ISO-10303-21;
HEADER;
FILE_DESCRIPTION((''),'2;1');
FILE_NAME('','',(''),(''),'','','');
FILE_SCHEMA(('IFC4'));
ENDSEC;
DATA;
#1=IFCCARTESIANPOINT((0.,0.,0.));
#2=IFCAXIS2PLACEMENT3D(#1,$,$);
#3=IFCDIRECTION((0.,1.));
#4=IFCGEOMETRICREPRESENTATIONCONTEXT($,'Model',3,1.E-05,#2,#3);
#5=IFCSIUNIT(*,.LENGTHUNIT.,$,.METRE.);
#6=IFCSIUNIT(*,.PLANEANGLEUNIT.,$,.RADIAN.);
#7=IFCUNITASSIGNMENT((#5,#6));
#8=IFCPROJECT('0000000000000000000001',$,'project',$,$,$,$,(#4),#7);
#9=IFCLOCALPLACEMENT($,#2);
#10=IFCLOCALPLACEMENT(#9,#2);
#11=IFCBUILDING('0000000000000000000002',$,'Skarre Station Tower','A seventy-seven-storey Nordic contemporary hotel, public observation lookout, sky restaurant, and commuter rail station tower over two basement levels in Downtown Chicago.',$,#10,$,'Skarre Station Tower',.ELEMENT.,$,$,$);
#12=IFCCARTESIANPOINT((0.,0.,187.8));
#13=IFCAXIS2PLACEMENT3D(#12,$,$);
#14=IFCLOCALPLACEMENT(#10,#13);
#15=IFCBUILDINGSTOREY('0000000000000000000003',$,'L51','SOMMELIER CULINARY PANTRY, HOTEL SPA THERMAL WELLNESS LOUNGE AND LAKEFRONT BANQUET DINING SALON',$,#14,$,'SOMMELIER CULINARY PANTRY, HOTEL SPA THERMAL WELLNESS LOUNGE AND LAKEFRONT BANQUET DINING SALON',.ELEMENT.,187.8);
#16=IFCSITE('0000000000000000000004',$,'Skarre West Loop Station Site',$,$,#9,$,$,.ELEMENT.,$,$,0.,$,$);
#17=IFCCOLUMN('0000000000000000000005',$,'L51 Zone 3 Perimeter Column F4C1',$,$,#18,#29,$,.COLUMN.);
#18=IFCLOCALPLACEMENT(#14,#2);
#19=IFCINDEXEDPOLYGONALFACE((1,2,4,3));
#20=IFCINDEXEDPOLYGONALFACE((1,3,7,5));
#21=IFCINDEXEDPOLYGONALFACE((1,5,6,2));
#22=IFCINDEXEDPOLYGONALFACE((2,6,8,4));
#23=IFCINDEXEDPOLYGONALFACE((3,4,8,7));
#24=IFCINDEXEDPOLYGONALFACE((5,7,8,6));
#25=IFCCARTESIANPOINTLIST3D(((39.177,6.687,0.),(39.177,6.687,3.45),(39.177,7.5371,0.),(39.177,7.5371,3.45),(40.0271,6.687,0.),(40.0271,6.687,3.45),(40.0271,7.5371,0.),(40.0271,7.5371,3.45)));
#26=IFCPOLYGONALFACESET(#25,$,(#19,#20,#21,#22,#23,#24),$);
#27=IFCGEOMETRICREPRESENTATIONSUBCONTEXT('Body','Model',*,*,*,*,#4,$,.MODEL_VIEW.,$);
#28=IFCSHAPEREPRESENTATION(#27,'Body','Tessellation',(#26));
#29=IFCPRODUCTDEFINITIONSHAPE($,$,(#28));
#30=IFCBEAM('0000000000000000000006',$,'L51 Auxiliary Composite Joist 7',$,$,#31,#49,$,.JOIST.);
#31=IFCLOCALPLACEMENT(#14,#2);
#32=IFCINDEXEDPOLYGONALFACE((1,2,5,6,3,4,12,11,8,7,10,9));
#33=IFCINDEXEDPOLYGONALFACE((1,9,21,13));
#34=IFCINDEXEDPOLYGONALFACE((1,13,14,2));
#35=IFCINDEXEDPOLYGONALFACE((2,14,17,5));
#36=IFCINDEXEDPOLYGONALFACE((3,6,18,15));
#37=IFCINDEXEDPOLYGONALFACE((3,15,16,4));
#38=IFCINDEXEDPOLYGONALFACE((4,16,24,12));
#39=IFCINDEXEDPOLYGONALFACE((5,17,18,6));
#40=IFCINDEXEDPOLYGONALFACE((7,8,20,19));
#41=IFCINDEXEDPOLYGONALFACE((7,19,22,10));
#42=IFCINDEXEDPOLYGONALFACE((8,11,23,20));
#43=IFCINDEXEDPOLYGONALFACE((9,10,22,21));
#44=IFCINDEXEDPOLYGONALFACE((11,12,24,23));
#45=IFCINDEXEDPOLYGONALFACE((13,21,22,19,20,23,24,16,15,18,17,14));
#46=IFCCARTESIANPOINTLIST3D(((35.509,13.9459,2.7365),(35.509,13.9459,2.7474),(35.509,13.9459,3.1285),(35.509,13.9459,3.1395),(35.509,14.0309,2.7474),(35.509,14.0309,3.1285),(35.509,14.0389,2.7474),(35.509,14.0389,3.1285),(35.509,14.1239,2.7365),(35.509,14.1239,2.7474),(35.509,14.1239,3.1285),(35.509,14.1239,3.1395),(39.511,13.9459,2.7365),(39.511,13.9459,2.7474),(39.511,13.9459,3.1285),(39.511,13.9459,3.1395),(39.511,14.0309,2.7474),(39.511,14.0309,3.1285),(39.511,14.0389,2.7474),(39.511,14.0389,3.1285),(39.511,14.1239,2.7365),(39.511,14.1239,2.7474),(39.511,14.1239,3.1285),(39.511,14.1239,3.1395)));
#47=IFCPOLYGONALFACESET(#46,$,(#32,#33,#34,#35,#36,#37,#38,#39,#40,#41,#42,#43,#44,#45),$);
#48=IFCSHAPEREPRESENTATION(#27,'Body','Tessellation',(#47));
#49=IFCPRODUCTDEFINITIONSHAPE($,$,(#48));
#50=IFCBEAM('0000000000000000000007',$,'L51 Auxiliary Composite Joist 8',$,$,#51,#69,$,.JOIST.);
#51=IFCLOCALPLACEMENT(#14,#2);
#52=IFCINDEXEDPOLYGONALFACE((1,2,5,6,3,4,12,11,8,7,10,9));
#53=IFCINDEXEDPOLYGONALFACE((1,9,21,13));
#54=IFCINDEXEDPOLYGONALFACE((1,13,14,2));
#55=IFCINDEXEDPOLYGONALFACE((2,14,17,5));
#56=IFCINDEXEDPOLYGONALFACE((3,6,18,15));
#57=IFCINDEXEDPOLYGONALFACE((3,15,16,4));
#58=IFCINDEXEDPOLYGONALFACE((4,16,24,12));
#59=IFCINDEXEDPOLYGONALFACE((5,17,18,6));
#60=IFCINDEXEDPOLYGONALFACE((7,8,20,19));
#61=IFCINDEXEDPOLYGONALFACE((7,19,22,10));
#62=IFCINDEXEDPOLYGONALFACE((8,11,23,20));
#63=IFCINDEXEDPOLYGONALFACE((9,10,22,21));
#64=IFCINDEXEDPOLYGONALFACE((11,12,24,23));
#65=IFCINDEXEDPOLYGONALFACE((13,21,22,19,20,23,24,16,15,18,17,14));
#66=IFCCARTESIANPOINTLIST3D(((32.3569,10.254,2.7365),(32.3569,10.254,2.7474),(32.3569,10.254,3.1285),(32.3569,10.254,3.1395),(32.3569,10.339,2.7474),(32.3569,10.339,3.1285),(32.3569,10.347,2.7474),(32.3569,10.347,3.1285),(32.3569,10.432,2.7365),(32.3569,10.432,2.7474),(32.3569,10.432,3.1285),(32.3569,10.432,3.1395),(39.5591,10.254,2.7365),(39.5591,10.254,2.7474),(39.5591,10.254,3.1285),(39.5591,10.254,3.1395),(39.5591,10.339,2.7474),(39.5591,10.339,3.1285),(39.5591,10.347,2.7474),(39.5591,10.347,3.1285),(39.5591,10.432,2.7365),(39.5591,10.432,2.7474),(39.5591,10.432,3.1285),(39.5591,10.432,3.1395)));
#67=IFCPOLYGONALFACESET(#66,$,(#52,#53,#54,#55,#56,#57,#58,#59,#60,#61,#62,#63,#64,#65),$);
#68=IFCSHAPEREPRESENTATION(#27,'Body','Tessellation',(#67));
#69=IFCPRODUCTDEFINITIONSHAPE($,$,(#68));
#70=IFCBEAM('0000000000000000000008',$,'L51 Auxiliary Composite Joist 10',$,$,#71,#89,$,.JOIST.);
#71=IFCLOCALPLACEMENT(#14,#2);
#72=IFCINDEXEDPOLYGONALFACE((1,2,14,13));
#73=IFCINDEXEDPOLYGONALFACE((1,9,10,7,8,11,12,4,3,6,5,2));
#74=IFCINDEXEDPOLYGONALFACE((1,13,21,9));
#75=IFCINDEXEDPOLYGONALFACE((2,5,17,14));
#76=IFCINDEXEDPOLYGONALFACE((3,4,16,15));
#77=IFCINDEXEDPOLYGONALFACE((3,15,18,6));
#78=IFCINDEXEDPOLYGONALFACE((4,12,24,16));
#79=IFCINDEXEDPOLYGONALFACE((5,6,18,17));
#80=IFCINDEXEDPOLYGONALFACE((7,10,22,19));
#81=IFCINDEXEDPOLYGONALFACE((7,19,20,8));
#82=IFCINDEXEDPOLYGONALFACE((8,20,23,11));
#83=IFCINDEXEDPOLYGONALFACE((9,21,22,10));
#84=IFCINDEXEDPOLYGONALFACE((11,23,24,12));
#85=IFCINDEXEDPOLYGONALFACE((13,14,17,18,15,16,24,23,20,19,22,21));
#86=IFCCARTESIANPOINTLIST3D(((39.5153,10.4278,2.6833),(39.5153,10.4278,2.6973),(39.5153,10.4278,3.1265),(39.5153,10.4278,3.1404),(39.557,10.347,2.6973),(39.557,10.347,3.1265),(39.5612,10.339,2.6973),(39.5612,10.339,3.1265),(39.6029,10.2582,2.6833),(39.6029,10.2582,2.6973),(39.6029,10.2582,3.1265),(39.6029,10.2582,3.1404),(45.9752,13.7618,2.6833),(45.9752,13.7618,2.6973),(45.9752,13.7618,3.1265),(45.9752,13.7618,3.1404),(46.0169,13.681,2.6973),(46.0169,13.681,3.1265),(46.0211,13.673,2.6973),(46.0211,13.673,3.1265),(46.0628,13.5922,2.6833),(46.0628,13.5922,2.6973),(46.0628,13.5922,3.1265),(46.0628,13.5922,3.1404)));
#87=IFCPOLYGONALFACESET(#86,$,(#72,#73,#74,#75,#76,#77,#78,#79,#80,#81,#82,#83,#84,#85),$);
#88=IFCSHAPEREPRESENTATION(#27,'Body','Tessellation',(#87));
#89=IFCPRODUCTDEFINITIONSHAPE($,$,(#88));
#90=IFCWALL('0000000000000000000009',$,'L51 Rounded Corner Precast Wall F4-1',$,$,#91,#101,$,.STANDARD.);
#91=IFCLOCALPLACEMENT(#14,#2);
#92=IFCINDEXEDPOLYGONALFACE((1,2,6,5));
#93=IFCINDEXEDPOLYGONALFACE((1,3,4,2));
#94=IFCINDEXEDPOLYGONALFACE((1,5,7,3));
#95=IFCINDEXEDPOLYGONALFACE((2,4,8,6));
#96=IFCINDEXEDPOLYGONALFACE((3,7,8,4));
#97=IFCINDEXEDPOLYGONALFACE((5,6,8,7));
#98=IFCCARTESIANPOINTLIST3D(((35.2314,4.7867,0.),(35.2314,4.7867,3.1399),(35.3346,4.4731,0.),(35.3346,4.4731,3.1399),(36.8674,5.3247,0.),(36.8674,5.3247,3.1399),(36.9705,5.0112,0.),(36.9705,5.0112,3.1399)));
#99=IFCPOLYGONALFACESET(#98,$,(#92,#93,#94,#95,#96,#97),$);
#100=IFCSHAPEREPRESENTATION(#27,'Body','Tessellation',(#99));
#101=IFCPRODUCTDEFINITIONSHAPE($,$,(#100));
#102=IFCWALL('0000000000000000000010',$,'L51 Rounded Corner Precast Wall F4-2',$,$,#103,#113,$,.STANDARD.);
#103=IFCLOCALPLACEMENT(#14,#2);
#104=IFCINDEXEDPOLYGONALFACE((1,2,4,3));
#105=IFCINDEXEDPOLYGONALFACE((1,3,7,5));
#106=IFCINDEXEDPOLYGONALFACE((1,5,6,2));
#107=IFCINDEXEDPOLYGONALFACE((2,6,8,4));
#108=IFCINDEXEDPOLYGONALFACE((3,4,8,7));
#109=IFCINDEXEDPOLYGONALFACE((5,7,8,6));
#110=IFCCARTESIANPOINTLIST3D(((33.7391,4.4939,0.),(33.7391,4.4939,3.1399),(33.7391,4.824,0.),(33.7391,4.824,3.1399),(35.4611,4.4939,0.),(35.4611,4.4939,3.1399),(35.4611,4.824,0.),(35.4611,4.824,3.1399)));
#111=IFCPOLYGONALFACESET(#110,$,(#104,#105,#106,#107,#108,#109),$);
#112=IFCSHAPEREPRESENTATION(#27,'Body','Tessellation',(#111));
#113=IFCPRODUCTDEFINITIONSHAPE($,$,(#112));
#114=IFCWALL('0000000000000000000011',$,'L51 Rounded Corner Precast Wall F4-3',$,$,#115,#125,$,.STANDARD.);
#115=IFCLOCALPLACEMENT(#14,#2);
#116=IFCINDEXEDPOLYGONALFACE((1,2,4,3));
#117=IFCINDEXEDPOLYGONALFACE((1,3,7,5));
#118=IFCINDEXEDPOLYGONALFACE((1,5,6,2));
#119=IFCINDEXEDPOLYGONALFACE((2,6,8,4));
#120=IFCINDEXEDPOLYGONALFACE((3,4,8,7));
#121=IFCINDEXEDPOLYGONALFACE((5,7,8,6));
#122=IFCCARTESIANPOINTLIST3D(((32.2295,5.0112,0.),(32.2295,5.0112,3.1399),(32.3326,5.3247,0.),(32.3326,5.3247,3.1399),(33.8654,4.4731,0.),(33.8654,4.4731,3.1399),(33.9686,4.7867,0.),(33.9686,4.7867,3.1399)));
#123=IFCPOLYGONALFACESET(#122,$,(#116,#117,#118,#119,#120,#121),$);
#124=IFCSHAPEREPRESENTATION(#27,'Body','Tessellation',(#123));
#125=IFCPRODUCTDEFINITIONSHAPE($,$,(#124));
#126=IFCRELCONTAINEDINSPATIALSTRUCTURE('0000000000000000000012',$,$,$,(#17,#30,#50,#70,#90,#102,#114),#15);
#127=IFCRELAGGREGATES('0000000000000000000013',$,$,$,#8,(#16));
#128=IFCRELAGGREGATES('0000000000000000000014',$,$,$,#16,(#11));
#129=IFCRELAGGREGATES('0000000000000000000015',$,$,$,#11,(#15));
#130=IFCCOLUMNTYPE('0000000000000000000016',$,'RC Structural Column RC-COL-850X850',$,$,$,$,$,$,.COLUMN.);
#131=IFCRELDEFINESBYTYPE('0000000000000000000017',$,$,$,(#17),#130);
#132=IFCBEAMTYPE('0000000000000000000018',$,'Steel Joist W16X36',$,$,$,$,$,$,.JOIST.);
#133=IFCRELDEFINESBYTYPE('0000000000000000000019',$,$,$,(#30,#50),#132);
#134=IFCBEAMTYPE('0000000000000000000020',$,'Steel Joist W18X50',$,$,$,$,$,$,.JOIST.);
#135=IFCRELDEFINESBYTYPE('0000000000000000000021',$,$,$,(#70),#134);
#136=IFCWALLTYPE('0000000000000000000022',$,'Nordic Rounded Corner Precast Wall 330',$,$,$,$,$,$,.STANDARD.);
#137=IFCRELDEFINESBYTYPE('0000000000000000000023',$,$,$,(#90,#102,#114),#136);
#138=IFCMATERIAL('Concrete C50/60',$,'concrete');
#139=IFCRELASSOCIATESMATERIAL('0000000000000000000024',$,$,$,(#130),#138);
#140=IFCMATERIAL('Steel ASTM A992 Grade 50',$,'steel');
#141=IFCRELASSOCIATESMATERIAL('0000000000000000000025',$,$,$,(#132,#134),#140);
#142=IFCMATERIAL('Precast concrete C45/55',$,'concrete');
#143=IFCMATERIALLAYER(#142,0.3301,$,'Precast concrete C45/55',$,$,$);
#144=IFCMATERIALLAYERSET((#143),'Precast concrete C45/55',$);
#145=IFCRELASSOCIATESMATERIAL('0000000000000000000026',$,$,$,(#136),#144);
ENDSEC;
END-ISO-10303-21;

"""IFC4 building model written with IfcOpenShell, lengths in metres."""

from ifc_helpers import new_model, si_unit, direction, frame, frame_2d, origin, origin_2d, place, context, subcontext, project, spatial, rectangle, i_section, extrude, material, layer, layer_set, material_profile, profile_set, type_object, element, save


model = new_model("IFC4")

# Units and contexts
model_context = context("Model", 3, precision=1e-05, world=origin(), true_north=direction((0.0, 1.0)))
body_context = subcontext(model_context, "Body", "Model", "MODEL_VIEW")
ifc_project = project(units=[si_unit("LENGTHUNIT", "METRE"), si_unit("PLANEANGLEUNIT", "RADIAN")], contexts=[model_context])

# Site, building, storey
site_placement = place(None, origin())
site = spatial("IfcSite", under=ifc_project, at=site_placement, Name="Skarre West Loop Station Site", CompositionType="ELEMENT", RefElevation=0.0)
building_placement = place(site_placement, origin())
building = spatial("IfcBuilding", under=site, at=building_placement, Name="Skarre Station Tower", Description="A seventy-seven-storey Nordic contemporary hotel, public observation lookout, sky restaurant, and commuter rail station tower over two basement levels in Downtown Chicago.", LongName="Skarre Station Tower", CompositionType="ELEMENT")
storey_placement = place(building_placement, frame((0.0, 0.0, 187.8)))
storey = spatial("IfcBuildingStorey", under=building, at=storey_placement, Name="L51", Description="SOMMELIER CULINARY PANTRY, HOTEL SPA THERMAL WELLNESS LOUNGE AND LAKEFRONT BANQUET DINING SALON", LongName="SOMMELIER CULINARY PANTRY, HOTEL SPA THERMAL WELLNESS LOUNGE AND LAKEFRONT BANQUET DINING SALON", CompositionType="ELEMENT", Elevation=187.8)

# Column
ifc_material_1 = material(Name="Concrete C50/60", Category="concrete")
ifc_material_profile_1 = material_profile(ifc_material_1, rectangle(XDim=0.8501, YDim=0.8501, at=origin_2d()), Name="Concrete C50/60")
ifc_profile_set_1 = profile_set([ifc_material_profile_1], Name="Concrete C50/60")
column_type = type_object("IfcColumnType", Name="RC Structural Column RC-COL-850X850", PredefinedType="COLUMN", material=ifc_profile_set_1)
column_placement = place(storey_placement, frame((39.6021, 7.1121, 0.0), z_axis=(0.0, 0.0, 1.0), x_axis=(1.0, 0.0, 0.0)))
element("IfcColumn", 1, at=column_placement, inside=storey, type_object=column_type, Name="L51 Zone 3 Perimeter Column F4C1", PredefinedType="COLUMN", context=body_context, shape_type="SweptSolid", body=[
    extrude(rectangle(XDim=0.8501, YDim=0.8501, at=origin_2d()), origin(), (0.0, 0.0, 1.0), 3.45),
])

# Beams
ifc_material_2 = material(Name="Steel ASTM A992 Grade 50", Category="steel")
ifc_material_profile_2 = material_profile(ifc_material_2, i_section(OverallWidth=0.178, OverallDepth=0.4031, WebThickness=0.0081, FlangeThickness=0.011, at=origin_2d()), Name="Steel ASTM A992 Grade 50")
ifc_profile_set_2 = profile_set([ifc_material_profile_2], Name="Steel ASTM A992 Grade 50")
beam_type_1 = type_object("IfcBeamType", Name="Steel Joist W16X36", PredefinedType="JOIST", material=ifc_profile_set_2)
beam_1_placement = place(storey_placement, frame((35.509, 14.0349, 2.938), z_axis=(1.0, 0.0, 0.0), x_axis=(0.0, 1.0, 0.0)))
element("IfcBeam", 2, at=beam_1_placement, inside=storey, type_object=beam_type_1, Name="L51 Auxiliary Composite Joist 7", PredefinedType="JOIST", context=body_context, shape_type="SweptSolid", body=[
    extrude(i_section(OverallWidth=0.178, OverallDepth=0.4031, WebThickness=0.0081, FlangeThickness=0.011, at=origin_2d()), origin(), (0.0, 0.0, 1.0), 4.002),
])
beam_2_placement = place(storey_placement, frame((32.3569, 10.343, 2.938), z_axis=(1.0, 0.0, 0.0), x_axis=(0.0, 1.0, 0.0)))
element("IfcBeam", 3, at=beam_2_placement, inside=storey, type_object=beam_type_1, Name="L51 Auxiliary Composite Joist 8", PredefinedType="JOIST", context=body_context, shape_type="SweptSolid", body=[
    extrude(i_section(OverallWidth=0.178, OverallDepth=0.4031, WebThickness=0.0081, FlangeThickness=0.011, at=origin_2d()), origin(), (0.0, 0.0, 1.0), 7.2021),
])
ifc_material_profile_3 = material_profile(ifc_material_2, i_section(OverallWidth=0.1909, OverallDepth=0.457, WebThickness=0.009, FlangeThickness=0.0139, at=origin_2d()), Name="Steel ASTM A992 Grade 50")
ifc_profile_set_3 = profile_set([ifc_material_profile_3], Name="Steel ASTM A992 Grade 50")
beam_type_2 = type_object("IfcBeamType", Name="Steel Joist W18X50", PredefinedType="JOIST", material=ifc_profile_set_3)
beam_3_placement = place(storey_placement, frame((39.5591, 10.343, 2.9119), z_axis=(0.888631, 0.458622, 0.0), x_axis=(-0.458622, 0.888631, 0.0)))
element("IfcBeam", 4, at=beam_3_placement, inside=storey, type_object=beam_type_2, Name="L51 Auxiliary Composite Joist 10", PredefinedType="JOIST", context=body_context, shape_type="SweptSolid", body=[
    extrude(i_section(OverallWidth=0.1909, OverallDepth=0.457, WebThickness=0.009, FlangeThickness=0.0139, at=origin_2d()), origin(), (0.0, 0.0, 1.0), 7.2695),
])

# Walls
ifc_material_3 = material(Name="Precast concrete C45/55", Category="concrete")
ifc_layer_1 = layer(ifc_material_3, 0.3301, Name="Precast concrete C45/55")
ifc_layer_set_1 = layer_set([ifc_layer_1], Name="Precast concrete C45/55")
wall_type_1 = type_object("IfcWallType", Name="Nordic Rounded Corner Precast Wall 330", PredefinedType="STANDARD", material=ifc_layer_set_1)
wall_1_placement = place(storey_placement, frame((36.9189, 5.168, 0.0), z_axis=(0.0, 0.0, 1.0), x_axis=(-0.949937, -0.31244, 0.0)))
element("IfcWall", 5, at=wall_1_placement, inside=storey, type_object=wall_type_1, Name="L51 Rounded Corner Precast Wall F4-1", PredefinedType="STANDARD", context=body_context, shape_type="SweptSolid", body=[
    extrude(rectangle(XDim=1.7222, YDim=0.3301, at=frame_2d((0.8611, 0.0))), origin(), (0.0, 0.0, 1.0), 3.1399),
])
wall_2_placement = place(storey_placement, frame((35.4609, 4.6589, 0.0), z_axis=(0.0, 0.0, 1.0), x_axis=(-1.0, 0.0, 0.0)))
element("IfcWall", 6, at=wall_2_placement, inside=storey, type_object=wall_type_1, Name="L51 Rounded Corner Precast Wall F4-2", PredefinedType="STANDARD", context=body_context, shape_type="SweptSolid", body=[
    extrude(rectangle(XDim=1.7219, YDim=0.3301, at=frame_2d((0.8608, 0.0))), origin(), (0.0, 0.0, 1.0), 3.1399),
])
wall_3_placement = place(storey_placement, frame((33.917, 4.6299, 0.0), z_axis=(0.0, 0.0, 1.0), x_axis=(-0.949937, 0.31244, 0.0)))
element("IfcWall", 7, at=wall_3_placement, inside=storey, type_object=wall_type_1, Name="L51 Rounded Corner Precast Wall F4-3", PredefinedType="STANDARD", context=body_context, shape_type="SweptSolid", body=[
    extrude(rectangle(XDim=1.7222, YDim=0.3301, at=frame_2d((0.8611, 0.0))), origin(), (0.0, 0.0, 1.0), 3.1399),
])

save(model, "model.ifc")
